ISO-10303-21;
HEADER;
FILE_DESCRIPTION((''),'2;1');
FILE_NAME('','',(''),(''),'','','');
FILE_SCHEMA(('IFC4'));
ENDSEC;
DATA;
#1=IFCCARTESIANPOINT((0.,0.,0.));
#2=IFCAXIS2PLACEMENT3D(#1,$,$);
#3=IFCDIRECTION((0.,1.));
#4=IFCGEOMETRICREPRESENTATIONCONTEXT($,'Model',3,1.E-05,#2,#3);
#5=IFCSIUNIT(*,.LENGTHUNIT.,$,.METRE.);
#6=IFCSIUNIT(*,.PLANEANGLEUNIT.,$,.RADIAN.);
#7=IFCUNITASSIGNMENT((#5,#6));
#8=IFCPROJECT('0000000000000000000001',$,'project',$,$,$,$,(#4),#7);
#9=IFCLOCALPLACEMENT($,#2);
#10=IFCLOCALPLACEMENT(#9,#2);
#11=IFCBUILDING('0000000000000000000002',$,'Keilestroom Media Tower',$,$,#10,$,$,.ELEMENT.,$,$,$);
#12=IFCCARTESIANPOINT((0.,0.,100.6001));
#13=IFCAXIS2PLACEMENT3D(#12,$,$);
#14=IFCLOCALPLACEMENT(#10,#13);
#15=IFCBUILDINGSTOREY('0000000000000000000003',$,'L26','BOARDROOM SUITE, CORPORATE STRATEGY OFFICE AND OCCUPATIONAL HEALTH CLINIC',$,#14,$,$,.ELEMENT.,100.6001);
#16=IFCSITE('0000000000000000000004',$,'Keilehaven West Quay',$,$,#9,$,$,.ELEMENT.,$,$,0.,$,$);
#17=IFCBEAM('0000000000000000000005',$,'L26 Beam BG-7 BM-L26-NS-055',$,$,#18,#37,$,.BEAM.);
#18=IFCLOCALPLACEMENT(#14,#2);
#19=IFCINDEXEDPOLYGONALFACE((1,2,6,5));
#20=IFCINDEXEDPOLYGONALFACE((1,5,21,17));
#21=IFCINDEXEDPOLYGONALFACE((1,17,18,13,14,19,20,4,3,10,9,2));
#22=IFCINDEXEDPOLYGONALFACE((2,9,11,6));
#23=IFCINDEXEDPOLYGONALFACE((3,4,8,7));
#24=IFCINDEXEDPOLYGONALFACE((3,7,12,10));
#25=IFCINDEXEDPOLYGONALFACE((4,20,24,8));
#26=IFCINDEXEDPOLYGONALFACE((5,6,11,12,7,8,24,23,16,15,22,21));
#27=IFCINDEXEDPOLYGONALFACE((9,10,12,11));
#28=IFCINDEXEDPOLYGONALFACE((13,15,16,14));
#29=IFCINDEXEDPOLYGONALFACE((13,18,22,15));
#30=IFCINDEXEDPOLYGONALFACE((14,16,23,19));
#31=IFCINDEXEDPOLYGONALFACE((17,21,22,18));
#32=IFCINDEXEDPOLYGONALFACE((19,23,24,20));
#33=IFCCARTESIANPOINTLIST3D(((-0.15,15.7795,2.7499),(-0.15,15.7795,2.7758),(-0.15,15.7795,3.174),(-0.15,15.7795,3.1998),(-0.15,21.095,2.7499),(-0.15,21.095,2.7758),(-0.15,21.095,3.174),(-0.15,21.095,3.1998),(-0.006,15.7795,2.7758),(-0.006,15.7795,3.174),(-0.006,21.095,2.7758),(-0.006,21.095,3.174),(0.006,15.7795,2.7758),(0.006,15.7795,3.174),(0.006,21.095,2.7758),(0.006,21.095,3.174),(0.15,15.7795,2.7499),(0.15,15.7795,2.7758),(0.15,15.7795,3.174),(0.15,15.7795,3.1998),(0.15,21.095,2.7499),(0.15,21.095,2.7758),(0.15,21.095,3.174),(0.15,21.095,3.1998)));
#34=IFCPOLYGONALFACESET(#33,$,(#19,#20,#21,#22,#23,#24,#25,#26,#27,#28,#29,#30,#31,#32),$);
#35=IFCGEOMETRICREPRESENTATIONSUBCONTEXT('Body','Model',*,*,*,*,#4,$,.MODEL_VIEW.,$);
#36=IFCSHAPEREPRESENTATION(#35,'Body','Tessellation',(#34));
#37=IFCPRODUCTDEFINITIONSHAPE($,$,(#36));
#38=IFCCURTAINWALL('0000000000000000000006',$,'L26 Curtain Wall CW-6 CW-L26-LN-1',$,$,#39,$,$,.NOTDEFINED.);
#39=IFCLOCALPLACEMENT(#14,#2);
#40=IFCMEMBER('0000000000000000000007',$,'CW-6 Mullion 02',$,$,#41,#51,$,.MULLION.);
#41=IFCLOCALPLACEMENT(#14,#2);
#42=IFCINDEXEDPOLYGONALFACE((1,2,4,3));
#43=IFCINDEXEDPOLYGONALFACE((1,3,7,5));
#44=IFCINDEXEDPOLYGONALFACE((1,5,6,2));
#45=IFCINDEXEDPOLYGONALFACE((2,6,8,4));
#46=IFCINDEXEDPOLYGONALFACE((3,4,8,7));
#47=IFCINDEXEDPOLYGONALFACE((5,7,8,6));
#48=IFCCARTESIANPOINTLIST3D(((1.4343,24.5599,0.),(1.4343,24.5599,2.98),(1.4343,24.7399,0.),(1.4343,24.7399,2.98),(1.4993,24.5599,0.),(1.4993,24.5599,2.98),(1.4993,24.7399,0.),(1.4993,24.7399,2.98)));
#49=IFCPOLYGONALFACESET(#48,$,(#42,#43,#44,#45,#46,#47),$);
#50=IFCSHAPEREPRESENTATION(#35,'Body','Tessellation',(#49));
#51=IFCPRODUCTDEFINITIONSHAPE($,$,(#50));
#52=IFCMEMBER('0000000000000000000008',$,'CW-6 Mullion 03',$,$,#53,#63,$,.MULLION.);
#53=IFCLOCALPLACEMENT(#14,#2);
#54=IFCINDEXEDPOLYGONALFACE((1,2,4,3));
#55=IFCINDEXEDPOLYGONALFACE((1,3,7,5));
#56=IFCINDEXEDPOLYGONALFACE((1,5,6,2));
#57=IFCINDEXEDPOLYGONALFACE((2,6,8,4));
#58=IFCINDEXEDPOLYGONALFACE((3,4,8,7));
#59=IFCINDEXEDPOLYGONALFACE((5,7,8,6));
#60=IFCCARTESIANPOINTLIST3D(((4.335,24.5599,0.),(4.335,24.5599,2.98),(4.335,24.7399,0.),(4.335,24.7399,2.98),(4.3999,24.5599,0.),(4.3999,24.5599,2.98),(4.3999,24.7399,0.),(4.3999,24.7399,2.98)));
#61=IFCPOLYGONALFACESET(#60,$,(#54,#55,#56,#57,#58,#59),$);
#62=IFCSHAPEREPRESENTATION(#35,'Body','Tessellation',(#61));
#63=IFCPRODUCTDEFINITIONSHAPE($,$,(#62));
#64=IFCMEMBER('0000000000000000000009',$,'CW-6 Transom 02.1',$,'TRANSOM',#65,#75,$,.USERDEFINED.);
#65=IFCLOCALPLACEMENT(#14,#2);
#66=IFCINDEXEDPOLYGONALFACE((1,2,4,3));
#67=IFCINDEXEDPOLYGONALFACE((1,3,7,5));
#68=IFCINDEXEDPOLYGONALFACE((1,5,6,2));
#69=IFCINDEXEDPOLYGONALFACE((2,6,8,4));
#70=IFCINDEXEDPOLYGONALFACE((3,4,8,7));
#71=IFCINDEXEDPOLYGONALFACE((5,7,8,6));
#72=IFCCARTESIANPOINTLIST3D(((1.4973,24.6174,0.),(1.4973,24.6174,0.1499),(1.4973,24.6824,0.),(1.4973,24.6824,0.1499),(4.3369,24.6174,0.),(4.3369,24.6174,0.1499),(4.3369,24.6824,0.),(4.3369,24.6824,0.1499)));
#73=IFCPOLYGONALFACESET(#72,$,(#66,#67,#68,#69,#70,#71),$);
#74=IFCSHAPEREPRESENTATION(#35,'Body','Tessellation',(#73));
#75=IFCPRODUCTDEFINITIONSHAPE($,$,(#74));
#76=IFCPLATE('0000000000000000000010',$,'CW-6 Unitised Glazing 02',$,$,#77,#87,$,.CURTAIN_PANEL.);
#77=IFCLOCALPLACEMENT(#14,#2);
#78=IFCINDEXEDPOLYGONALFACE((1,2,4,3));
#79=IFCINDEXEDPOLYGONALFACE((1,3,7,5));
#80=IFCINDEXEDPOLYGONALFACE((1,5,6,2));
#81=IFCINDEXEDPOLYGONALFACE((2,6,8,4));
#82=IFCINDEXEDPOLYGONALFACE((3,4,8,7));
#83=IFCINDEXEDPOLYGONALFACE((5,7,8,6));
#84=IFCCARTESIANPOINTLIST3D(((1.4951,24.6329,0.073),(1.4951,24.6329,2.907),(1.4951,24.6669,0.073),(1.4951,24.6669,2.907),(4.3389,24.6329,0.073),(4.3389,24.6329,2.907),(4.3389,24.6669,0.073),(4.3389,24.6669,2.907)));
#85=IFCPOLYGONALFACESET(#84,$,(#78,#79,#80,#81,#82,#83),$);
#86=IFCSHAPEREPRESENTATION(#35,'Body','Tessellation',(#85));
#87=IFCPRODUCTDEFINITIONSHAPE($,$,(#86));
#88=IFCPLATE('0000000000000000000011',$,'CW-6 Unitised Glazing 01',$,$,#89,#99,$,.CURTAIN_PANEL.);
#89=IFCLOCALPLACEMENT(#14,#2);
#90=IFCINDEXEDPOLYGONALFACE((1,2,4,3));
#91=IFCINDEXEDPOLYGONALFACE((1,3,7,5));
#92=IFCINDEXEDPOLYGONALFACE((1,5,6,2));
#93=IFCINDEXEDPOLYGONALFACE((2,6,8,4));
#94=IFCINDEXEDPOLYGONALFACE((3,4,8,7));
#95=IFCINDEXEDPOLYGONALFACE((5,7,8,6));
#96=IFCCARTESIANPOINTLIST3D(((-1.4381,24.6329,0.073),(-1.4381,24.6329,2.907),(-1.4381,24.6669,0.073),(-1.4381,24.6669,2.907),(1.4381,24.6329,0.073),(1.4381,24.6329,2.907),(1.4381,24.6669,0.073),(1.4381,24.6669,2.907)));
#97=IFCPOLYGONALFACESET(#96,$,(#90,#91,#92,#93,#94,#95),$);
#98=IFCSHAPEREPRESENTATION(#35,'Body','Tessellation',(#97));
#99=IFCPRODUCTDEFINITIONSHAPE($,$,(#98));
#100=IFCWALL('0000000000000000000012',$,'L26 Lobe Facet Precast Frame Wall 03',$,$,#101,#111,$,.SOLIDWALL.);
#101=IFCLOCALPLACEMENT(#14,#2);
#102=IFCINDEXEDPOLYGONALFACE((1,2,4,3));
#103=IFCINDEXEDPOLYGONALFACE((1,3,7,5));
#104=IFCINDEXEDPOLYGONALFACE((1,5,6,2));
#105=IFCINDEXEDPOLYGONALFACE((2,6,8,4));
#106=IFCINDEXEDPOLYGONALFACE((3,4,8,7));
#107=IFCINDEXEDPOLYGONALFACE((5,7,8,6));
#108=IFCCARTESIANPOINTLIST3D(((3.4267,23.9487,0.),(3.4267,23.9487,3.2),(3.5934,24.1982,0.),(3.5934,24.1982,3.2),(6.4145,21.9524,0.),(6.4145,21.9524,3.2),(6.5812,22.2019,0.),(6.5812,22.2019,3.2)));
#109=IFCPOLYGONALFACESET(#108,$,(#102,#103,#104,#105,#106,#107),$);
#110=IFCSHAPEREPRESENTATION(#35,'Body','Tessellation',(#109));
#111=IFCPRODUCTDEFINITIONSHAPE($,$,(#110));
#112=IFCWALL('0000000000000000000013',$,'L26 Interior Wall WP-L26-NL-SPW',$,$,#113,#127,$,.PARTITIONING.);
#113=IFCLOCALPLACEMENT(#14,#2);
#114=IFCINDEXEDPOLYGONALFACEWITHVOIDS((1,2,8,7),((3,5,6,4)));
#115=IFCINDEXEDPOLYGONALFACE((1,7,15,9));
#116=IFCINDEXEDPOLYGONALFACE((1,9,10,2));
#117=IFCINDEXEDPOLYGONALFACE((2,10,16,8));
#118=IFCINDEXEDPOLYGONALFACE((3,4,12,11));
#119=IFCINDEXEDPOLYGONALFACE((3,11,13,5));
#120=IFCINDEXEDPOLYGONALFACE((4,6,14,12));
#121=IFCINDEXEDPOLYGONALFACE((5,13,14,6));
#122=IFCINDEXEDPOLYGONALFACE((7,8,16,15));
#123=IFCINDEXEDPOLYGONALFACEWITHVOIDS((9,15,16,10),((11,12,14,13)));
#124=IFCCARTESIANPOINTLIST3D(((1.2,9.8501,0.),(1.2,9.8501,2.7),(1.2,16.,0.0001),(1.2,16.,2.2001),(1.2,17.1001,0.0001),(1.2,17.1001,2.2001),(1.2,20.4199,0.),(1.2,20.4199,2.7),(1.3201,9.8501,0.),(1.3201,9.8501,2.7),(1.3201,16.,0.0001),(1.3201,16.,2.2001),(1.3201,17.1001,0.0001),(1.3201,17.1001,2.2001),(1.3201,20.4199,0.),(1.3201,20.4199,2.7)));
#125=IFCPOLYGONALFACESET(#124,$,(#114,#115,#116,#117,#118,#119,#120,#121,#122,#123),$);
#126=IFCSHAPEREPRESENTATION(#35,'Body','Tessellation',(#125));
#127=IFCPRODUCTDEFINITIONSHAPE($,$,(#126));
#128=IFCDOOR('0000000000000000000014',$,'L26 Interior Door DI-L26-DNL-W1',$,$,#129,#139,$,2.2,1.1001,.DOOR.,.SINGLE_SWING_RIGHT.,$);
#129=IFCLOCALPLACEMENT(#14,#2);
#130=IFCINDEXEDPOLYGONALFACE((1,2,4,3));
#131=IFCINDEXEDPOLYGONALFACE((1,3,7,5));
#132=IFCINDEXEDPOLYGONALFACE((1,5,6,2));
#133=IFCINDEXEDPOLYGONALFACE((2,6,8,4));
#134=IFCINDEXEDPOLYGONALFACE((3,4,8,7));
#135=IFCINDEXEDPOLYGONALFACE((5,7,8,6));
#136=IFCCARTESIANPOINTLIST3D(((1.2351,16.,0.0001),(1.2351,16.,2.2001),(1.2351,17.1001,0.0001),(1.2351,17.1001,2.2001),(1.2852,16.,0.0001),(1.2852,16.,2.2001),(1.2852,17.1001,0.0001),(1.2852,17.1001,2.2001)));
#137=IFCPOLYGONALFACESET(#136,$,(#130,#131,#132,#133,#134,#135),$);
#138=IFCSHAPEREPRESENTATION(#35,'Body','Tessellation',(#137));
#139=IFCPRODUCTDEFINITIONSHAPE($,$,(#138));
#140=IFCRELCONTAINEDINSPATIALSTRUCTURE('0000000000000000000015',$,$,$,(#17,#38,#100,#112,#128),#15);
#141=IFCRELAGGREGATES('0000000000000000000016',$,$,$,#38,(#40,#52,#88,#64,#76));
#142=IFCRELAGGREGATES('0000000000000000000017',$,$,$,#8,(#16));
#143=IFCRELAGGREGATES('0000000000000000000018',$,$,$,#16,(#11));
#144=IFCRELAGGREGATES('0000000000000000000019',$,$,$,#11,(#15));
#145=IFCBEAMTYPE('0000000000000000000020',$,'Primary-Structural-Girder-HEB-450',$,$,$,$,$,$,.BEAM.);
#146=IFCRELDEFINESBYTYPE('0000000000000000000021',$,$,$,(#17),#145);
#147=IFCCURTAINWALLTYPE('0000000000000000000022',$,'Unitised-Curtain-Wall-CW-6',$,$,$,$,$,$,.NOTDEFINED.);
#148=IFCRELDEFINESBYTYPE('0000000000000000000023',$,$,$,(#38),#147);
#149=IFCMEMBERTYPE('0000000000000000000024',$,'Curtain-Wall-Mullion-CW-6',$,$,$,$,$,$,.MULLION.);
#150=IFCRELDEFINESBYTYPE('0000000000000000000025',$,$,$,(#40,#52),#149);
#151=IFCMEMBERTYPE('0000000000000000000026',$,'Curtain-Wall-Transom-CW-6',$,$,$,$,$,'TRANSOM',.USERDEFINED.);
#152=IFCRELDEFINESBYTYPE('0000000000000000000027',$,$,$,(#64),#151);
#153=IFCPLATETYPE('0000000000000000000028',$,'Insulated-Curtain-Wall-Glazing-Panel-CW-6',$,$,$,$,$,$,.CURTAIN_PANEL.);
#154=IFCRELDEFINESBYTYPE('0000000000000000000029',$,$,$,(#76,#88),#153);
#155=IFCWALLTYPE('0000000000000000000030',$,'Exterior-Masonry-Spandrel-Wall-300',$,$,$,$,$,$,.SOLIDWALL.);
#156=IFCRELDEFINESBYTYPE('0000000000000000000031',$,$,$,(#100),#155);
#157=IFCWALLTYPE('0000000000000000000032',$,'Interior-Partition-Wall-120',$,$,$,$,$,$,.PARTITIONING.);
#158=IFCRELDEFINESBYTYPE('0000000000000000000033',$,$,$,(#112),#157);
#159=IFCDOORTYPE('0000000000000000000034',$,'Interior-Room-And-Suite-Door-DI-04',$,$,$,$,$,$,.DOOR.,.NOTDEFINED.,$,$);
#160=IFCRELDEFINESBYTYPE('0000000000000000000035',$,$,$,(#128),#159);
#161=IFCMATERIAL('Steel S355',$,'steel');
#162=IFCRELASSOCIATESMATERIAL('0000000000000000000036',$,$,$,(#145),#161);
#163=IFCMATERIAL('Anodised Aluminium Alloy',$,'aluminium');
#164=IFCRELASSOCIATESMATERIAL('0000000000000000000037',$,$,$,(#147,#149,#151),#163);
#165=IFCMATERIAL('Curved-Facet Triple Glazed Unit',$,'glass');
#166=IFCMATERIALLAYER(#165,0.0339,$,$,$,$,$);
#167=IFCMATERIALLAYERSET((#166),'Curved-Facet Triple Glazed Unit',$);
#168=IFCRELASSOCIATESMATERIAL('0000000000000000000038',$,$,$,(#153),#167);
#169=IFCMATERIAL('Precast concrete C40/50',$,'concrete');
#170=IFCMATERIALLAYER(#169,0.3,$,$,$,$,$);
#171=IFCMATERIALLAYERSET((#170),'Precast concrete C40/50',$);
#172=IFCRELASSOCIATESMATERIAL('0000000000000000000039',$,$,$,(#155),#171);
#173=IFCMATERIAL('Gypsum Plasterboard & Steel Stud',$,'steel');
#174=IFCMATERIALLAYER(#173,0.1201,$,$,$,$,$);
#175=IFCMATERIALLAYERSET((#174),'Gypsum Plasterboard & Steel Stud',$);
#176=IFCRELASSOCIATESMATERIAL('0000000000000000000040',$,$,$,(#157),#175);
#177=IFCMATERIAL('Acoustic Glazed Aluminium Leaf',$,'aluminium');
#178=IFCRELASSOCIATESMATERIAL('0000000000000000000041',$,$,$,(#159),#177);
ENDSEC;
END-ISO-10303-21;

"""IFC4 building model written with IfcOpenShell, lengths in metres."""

from ifc_helpers import new_model, si_unit, direction, frame, frame_2d, origin, origin_2d, place, context, subcontext, project, spatial, rectangle, i_section, extrude, source, transform, mapped, material, layer, layer_set, material_profile, profile_set, type_object, element, fill, aggregate, save


model = new_model("IFC4")

# Units and contexts
model_context = context("Model", 3, precision=1e-05, world=origin(), true_north=direction((0.0, 1.0)))
body_context = subcontext(model_context, "Body", "Model", "MODEL_VIEW")
ifc_project = project(units=[si_unit("LENGTHUNIT", "METRE"), si_unit("PLANEANGLEUNIT", "RADIAN")], contexts=[model_context])

# Site, building, storey
site_placement = place(None, origin())
site = spatial("IfcSite", under=ifc_project, at=site_placement, Name="Keilehaven West Quay", CompositionType="ELEMENT", RefElevation=0.0)
building_placement = place(site_placement, origin())
building = spatial("IfcBuilding", under=site, at=building_placement, Name="Keilestroom Media Tower", CompositionType="ELEMENT")
storey_placement = place(building_placement, frame((0.0, 0.0, 100.6001)))
storey = spatial("IfcBuildingStorey", under=building, at=storey_placement, Name="L26", Description="BOARDROOM SUITE, CORPORATE STRATEGY OFFICE AND OCCUPATIONAL HEALTH CLINIC", CompositionType="ELEMENT", Elevation=100.6001)

# Shared definitions
ifc_material_1 = material(Name="Steel S355", Category="steel")

# Beam
ifc_material_profile_1 = material_profile(ifc_material_1, i_section(OverallWidth=0.3, OverallDepth=0.45, WebThickness=0.012, FlangeThickness=0.0259, at=origin_2d()), Name="HEB 450")
ifc_profile_set_1 = profile_set([ifc_material_profile_1], Name="Steel S355")
beam_type_1 = type_object("IfcBeamType", Name="Primary-Structural-Girder-HEB-450", PredefinedType="BEAM", material=ifc_profile_set_1)
shared_shape_1 = source(origin(), body_context, "Body", "SweptSolid", [
    extrude(i_section(OverallWidth=0.3, OverallDepth=0.45, WebThickness=0.012, FlangeThickness=0.0259, at=origin_2d()), origin(), (0.0, 0.0, 1.0), 5.3154),
])
beam_1_placement = place(storey_placement, frame((0.0, 15.7795, 2.9749), z_axis=(0.0, 1.0, 0.0), x_axis=(-1.0, 0.0, 0.0)))
element("IfcBeam", 1, at=beam_1_placement, inside=storey, type_object=beam_type_1, Name="L26 Beam BG-7 BM-L26-NS-055", PredefinedType="BEAM", context=body_context, shape_type="MappedRepresentation", body=[
    mapped(shared_shape_1, transform((0.0, 0.0, 0.0), x_axis=(1.0, 0.0, 0.0), y_axis=(0.0, 1.0, 0.0), z_axis=(0.0, 0.0, 1.0), scale=1.0)),
])

# Curtain wall, members, plates
ifc_material_2 = material(Name="Anodised Aluminium Alloy", Category="aluminium")
curtain_wall_type = type_object("IfcCurtainWallType", Name="Unitised-Curtain-Wall-CW-6", PredefinedType="NOTDEFINED", material=ifc_material_2)
curtain_wall_placement = place(storey_placement, origin())
curtain_wall = element("IfcCurtainWall", 2, at=curtain_wall_placement, inside=storey, type_object=curtain_wall_type, Name="L26 Curtain Wall CW-6 CW-L26-LN-1", PredefinedType="NOTDEFINED")
ifc_material_profile_2 = material_profile(ifc_material_2, rectangle(XDim=0.0649, YDim=0.1799, at=origin_2d()), Name="ALU MULLION 65x180")
ifc_profile_set_2 = profile_set([ifc_material_profile_2], Name="Anodised Aluminium Alloy")
member_type_1 = type_object("IfcMemberType", Name="Curtain-Wall-Mullion-CW-6", PredefinedType="MULLION", material=ifc_profile_set_2)
shared_shape_2 = source(origin(), body_context, "Body", "SweptSolid", [
    extrude(rectangle(XDim=0.0649, YDim=0.1799, at=origin_2d()), origin(), (0.0, 0.0, 1.0), 2.98),
])
member_1_placement = place(storey_placement, frame((1.4668, 24.6499, 0.0), z_axis=(0.0, 0.0, 1.0), x_axis=(1.0, 0.0, 0.0)))
member_1 = element("IfcMember", 3, at=member_1_placement, type_object=member_type_1, Name="CW-6 Mullion 02", PredefinedType="MULLION", context=body_context, shape_type="MappedRepresentation", body=[
    mapped(shared_shape_2, transform((0.0, 0.0, 0.0), x_axis=(1.0, 0.0, 0.0), y_axis=(0.0, 1.0, 0.0), z_axis=(0.0, 0.0, 1.0), scale=1.0)),
])
member_2_placement = place(storey_placement, frame((4.3674, 24.6499, 0.0), z_axis=(0.0, 0.0, 1.0), x_axis=(1.0, 0.0, 0.0)))
member_2 = element("IfcMember", 4, at=member_2_placement, type_object=member_type_1, Name="CW-6 Mullion 03", PredefinedType="MULLION", context=body_context, shape_type="MappedRepresentation", body=[
    mapped(shared_shape_2, transform((0.0, 0.0, 0.0), x_axis=(1.0, 0.0, 0.0), y_axis=(0.0, 1.0, 0.0), z_axis=(0.0, 0.0, 1.0), scale=1.0)),
])
ifc_material_profile_3 = material_profile(ifc_material_2, rectangle(XDim=0.0649, YDim=0.1499, at=origin_2d()), Name="ALU TRANSOM 65x150")
ifc_profile_set_3 = profile_set([ifc_material_profile_3], Name="Anodised Aluminium Alloy")
member_type_2 = type_object("IfcMemberType", Name="Curtain-Wall-Transom-CW-6", ElementType="TRANSOM", PredefinedType="USERDEFINED", material=ifc_profile_set_3)
shared_shape_3 = source(origin(), body_context, "Body", "SweptSolid", [
    extrude(rectangle(XDim=0.0649, YDim=0.1499, at=origin_2d()), origin(), (0.0, 0.0, 1.0), 2.8396),
])
member_3_placement = place(storey_placement, frame((1.4973, 24.6499, 0.075), z_axis=(1.0, 0.0, 0.0), x_axis=(0.0, 1.0, 0.0)))
member_3 = element("IfcMember", 5, at=member_3_placement, type_object=member_type_2, Name="CW-6 Transom 02.1", ObjectType="TRANSOM", PredefinedType="USERDEFINED", context=body_context, shape_type="MappedRepresentation", body=[
    mapped(shared_shape_3, transform((0.0, 0.0, 0.0), x_axis=(1.0, 0.0, 0.0), y_axis=(0.0, 1.0, 0.0), z_axis=(0.0, 0.0, 1.0), scale=1.0)),
])
ifc_material_3 = material(Name="Curved-Facet Triple Glazed Unit", Category="glass")
ifc_layer_1 = layer(ifc_material_3, 0.0339)
ifc_layer_set_1 = layer_set([ifc_layer_1], Name="Curved-Facet Triple Glazed Unit")
plate_type = type_object("IfcPlateType", Name="Insulated-Curtain-Wall-Glazing-Panel-CW-6", PredefinedType="CURTAIN_PANEL", material=ifc_layer_set_1)
shared_shape_4 = source(origin(), body_context, "Body", "SweptSolid", [
    extrude(rectangle(XDim=2.8438, YDim=0.0339, at=origin_2d()), origin(), (0.0, 0.0, 1.0), 2.834),
])
plate_1_placement = place(storey_placement, frame((2.917, 24.6499, 0.073), z_axis=(0.0, 0.0, 1.0), x_axis=(1.0, 0.0, 0.0)))
plate_1 = element("IfcPlate", 6, at=plate_1_placement, type_object=plate_type, Name="CW-6 Unitised Glazing 02", PredefinedType="CURTAIN_PANEL", context=body_context, shape_type="MappedRepresentation", body=[
    mapped(shared_shape_4, transform((0.0, 0.0, 0.0), x_axis=(1.0, 0.0, 0.0), y_axis=(0.0, 1.0, 0.0), z_axis=(0.0, 0.0, 1.0), scale=1.0)),
])
shared_shape_5 = source(origin(), body_context, "Body", "SweptSolid", [
    extrude(rectangle(XDim=2.8762, YDim=0.0339, at=origin_2d()), origin(), (0.0, 0.0, 1.0), 2.834),
])
plate_2_placement = place(storey_placement, frame((0.0, 24.6499, 0.073), z_axis=(0.0, 0.0, 1.0), x_axis=(1.0, 0.0, 0.0)))
plate_2 = element("IfcPlate", 7, at=plate_2_placement, type_object=plate_type, Name="CW-6 Unitised Glazing 01", PredefinedType="CURTAIN_PANEL", context=body_context, shape_type="MappedRepresentation", body=[
    mapped(shared_shape_5, transform((0.0, 0.0, 0.0), x_axis=(1.0, 0.0, 0.0), y_axis=(0.0, 1.0, 0.0), z_axis=(0.0, 0.0, 1.0), scale=1.0)),
])
aggregate(curtain_wall, [member_1, member_2, plate_2, member_3, plate_1])

# Wall
ifc_material_4 = material(Name="Precast concrete C40/50", Category="concrete")
ifc_layer_2 = layer(ifc_material_4, 0.3)
ifc_layer_set_2 = layer_set([ifc_layer_2], Name="Precast concrete C40/50")
wall_type_1 = type_object("IfcWallType", Name="Exterior-Masonry-Spandrel-Wall-300", PredefinedType="SOLIDWALL", material=ifc_layer_set_2)
wall_1_placement = place(storey_placement, frame((6.4978, 22.0771, 0.0), z_axis=(0.0, 0.0, 1.0), x_axis=(-0.831475, 0.555562, 0.0)))
element("IfcWall", 8, at=wall_1_placement, inside=storey, type_object=wall_type_1, Name="L26 Lobe Facet Precast Frame Wall 03", PredefinedType="SOLIDWALL", context=body_context, shape_type="SweptSolid", body=[
    extrude(rectangle(XDim=3.5933, YDim=0.3, at=frame_2d((1.7966, 0.0))), origin(), (0.0, 0.0, 1.0), 3.2),
])

# Wall, opening, door
ifc_material_5 = material(Name="Gypsum Plasterboard & Steel Stud", Category="steel")
ifc_layer_3 = layer(ifc_material_5, 0.1201)
ifc_layer_set_3 = layer_set([ifc_layer_3], Name="Gypsum Plasterboard & Steel Stud")
wall_type_2 = type_object("IfcWallType", Name="Interior-Partition-Wall-120", PredefinedType="PARTITIONING", material=ifc_layer_set_3)
wall_2_placement = place(storey_placement, frame((1.26, 9.8501, 0.0), z_axis=(0.0, 0.0, 1.0), x_axis=(0.0, 1.0, 0.0)))
wall_2 = element("IfcWall", 9, at=wall_2_placement, inside=storey, type_object=wall_type_2, Name="L26 Interior Wall WP-L26-NL-SPW", PredefinedType="PARTITIONING", context=body_context, shape_type="SweptSolid", body=[
    extrude(rectangle(XDim=10.5698, YDim=0.1201, at=frame_2d((5.2849, 0.0))), origin(), (0.0, 0.0, 1.0), 2.7),
])
opening_1_placement = place(wall_2_placement, frame((6.1499, 0.0, 0.0)))
opening_1 = element("IfcOpeningElement", 10, at=opening_1_placement, cuts=wall_2, PredefinedType="OPENING", context=body_context, shape_type="SweptSolid", body=[
    extrude(rectangle(XDim=1.1001, YDim=2.2, at=frame_2d((0.55, 1.1001))), frame((0.0, 0.0701, 0.0), z_axis=(0.0, -1.0, 0.0), x_axis=(1.0, 0.0, 0.0)), (0.0, 0.0, 1.0), 0.1401),
])
ifc_material_6 = material(Name="Acoustic Glazed Aluminium Leaf", Category="aluminium")
door_type_1 = type_object("IfcDoorType", Name="Interior-Room-And-Suite-Door-DI-04", OperationType="NOTDEFINED", PredefinedType="DOOR", material=ifc_material_6)
shared_shape_6 = source(origin(), body_context, "Body", "SweptSolid", [
    extrude(rectangle(XDim=1.1001, YDim=2.2, at=frame_2d((0.55, 1.1001))), frame((0.0, 0.0249, 0.0), z_axis=(0.0, -1.0, 0.0), x_axis=(1.0, 0.0, 0.0)), (0.0, 0.0, 1.0), 0.05),
])
door_1_placement = place(opening_1_placement, origin())
door_1 = element("IfcDoor", 11, at=door_1_placement, inside=storey, type_object=door_type_1, Name="L26 Interior Door DI-L26-DNL-W1", OperationType="SINGLE_SWING_RIGHT", OverallHeight=2.2, OverallWidth=1.1001, PredefinedType="DOOR", context=body_context, shape_type="MappedRepresentation", body=[
    mapped(shared_shape_6, transform((0.0, 0.0, 0.0), x_axis=(1.0, 0.0, 0.0), y_axis=(0.0, 1.0, 0.0), z_axis=(0.0, 0.0, 1.0), scale=1.0)),
])
fill(opening_1, door_1)

save(model, "model.ifc")
